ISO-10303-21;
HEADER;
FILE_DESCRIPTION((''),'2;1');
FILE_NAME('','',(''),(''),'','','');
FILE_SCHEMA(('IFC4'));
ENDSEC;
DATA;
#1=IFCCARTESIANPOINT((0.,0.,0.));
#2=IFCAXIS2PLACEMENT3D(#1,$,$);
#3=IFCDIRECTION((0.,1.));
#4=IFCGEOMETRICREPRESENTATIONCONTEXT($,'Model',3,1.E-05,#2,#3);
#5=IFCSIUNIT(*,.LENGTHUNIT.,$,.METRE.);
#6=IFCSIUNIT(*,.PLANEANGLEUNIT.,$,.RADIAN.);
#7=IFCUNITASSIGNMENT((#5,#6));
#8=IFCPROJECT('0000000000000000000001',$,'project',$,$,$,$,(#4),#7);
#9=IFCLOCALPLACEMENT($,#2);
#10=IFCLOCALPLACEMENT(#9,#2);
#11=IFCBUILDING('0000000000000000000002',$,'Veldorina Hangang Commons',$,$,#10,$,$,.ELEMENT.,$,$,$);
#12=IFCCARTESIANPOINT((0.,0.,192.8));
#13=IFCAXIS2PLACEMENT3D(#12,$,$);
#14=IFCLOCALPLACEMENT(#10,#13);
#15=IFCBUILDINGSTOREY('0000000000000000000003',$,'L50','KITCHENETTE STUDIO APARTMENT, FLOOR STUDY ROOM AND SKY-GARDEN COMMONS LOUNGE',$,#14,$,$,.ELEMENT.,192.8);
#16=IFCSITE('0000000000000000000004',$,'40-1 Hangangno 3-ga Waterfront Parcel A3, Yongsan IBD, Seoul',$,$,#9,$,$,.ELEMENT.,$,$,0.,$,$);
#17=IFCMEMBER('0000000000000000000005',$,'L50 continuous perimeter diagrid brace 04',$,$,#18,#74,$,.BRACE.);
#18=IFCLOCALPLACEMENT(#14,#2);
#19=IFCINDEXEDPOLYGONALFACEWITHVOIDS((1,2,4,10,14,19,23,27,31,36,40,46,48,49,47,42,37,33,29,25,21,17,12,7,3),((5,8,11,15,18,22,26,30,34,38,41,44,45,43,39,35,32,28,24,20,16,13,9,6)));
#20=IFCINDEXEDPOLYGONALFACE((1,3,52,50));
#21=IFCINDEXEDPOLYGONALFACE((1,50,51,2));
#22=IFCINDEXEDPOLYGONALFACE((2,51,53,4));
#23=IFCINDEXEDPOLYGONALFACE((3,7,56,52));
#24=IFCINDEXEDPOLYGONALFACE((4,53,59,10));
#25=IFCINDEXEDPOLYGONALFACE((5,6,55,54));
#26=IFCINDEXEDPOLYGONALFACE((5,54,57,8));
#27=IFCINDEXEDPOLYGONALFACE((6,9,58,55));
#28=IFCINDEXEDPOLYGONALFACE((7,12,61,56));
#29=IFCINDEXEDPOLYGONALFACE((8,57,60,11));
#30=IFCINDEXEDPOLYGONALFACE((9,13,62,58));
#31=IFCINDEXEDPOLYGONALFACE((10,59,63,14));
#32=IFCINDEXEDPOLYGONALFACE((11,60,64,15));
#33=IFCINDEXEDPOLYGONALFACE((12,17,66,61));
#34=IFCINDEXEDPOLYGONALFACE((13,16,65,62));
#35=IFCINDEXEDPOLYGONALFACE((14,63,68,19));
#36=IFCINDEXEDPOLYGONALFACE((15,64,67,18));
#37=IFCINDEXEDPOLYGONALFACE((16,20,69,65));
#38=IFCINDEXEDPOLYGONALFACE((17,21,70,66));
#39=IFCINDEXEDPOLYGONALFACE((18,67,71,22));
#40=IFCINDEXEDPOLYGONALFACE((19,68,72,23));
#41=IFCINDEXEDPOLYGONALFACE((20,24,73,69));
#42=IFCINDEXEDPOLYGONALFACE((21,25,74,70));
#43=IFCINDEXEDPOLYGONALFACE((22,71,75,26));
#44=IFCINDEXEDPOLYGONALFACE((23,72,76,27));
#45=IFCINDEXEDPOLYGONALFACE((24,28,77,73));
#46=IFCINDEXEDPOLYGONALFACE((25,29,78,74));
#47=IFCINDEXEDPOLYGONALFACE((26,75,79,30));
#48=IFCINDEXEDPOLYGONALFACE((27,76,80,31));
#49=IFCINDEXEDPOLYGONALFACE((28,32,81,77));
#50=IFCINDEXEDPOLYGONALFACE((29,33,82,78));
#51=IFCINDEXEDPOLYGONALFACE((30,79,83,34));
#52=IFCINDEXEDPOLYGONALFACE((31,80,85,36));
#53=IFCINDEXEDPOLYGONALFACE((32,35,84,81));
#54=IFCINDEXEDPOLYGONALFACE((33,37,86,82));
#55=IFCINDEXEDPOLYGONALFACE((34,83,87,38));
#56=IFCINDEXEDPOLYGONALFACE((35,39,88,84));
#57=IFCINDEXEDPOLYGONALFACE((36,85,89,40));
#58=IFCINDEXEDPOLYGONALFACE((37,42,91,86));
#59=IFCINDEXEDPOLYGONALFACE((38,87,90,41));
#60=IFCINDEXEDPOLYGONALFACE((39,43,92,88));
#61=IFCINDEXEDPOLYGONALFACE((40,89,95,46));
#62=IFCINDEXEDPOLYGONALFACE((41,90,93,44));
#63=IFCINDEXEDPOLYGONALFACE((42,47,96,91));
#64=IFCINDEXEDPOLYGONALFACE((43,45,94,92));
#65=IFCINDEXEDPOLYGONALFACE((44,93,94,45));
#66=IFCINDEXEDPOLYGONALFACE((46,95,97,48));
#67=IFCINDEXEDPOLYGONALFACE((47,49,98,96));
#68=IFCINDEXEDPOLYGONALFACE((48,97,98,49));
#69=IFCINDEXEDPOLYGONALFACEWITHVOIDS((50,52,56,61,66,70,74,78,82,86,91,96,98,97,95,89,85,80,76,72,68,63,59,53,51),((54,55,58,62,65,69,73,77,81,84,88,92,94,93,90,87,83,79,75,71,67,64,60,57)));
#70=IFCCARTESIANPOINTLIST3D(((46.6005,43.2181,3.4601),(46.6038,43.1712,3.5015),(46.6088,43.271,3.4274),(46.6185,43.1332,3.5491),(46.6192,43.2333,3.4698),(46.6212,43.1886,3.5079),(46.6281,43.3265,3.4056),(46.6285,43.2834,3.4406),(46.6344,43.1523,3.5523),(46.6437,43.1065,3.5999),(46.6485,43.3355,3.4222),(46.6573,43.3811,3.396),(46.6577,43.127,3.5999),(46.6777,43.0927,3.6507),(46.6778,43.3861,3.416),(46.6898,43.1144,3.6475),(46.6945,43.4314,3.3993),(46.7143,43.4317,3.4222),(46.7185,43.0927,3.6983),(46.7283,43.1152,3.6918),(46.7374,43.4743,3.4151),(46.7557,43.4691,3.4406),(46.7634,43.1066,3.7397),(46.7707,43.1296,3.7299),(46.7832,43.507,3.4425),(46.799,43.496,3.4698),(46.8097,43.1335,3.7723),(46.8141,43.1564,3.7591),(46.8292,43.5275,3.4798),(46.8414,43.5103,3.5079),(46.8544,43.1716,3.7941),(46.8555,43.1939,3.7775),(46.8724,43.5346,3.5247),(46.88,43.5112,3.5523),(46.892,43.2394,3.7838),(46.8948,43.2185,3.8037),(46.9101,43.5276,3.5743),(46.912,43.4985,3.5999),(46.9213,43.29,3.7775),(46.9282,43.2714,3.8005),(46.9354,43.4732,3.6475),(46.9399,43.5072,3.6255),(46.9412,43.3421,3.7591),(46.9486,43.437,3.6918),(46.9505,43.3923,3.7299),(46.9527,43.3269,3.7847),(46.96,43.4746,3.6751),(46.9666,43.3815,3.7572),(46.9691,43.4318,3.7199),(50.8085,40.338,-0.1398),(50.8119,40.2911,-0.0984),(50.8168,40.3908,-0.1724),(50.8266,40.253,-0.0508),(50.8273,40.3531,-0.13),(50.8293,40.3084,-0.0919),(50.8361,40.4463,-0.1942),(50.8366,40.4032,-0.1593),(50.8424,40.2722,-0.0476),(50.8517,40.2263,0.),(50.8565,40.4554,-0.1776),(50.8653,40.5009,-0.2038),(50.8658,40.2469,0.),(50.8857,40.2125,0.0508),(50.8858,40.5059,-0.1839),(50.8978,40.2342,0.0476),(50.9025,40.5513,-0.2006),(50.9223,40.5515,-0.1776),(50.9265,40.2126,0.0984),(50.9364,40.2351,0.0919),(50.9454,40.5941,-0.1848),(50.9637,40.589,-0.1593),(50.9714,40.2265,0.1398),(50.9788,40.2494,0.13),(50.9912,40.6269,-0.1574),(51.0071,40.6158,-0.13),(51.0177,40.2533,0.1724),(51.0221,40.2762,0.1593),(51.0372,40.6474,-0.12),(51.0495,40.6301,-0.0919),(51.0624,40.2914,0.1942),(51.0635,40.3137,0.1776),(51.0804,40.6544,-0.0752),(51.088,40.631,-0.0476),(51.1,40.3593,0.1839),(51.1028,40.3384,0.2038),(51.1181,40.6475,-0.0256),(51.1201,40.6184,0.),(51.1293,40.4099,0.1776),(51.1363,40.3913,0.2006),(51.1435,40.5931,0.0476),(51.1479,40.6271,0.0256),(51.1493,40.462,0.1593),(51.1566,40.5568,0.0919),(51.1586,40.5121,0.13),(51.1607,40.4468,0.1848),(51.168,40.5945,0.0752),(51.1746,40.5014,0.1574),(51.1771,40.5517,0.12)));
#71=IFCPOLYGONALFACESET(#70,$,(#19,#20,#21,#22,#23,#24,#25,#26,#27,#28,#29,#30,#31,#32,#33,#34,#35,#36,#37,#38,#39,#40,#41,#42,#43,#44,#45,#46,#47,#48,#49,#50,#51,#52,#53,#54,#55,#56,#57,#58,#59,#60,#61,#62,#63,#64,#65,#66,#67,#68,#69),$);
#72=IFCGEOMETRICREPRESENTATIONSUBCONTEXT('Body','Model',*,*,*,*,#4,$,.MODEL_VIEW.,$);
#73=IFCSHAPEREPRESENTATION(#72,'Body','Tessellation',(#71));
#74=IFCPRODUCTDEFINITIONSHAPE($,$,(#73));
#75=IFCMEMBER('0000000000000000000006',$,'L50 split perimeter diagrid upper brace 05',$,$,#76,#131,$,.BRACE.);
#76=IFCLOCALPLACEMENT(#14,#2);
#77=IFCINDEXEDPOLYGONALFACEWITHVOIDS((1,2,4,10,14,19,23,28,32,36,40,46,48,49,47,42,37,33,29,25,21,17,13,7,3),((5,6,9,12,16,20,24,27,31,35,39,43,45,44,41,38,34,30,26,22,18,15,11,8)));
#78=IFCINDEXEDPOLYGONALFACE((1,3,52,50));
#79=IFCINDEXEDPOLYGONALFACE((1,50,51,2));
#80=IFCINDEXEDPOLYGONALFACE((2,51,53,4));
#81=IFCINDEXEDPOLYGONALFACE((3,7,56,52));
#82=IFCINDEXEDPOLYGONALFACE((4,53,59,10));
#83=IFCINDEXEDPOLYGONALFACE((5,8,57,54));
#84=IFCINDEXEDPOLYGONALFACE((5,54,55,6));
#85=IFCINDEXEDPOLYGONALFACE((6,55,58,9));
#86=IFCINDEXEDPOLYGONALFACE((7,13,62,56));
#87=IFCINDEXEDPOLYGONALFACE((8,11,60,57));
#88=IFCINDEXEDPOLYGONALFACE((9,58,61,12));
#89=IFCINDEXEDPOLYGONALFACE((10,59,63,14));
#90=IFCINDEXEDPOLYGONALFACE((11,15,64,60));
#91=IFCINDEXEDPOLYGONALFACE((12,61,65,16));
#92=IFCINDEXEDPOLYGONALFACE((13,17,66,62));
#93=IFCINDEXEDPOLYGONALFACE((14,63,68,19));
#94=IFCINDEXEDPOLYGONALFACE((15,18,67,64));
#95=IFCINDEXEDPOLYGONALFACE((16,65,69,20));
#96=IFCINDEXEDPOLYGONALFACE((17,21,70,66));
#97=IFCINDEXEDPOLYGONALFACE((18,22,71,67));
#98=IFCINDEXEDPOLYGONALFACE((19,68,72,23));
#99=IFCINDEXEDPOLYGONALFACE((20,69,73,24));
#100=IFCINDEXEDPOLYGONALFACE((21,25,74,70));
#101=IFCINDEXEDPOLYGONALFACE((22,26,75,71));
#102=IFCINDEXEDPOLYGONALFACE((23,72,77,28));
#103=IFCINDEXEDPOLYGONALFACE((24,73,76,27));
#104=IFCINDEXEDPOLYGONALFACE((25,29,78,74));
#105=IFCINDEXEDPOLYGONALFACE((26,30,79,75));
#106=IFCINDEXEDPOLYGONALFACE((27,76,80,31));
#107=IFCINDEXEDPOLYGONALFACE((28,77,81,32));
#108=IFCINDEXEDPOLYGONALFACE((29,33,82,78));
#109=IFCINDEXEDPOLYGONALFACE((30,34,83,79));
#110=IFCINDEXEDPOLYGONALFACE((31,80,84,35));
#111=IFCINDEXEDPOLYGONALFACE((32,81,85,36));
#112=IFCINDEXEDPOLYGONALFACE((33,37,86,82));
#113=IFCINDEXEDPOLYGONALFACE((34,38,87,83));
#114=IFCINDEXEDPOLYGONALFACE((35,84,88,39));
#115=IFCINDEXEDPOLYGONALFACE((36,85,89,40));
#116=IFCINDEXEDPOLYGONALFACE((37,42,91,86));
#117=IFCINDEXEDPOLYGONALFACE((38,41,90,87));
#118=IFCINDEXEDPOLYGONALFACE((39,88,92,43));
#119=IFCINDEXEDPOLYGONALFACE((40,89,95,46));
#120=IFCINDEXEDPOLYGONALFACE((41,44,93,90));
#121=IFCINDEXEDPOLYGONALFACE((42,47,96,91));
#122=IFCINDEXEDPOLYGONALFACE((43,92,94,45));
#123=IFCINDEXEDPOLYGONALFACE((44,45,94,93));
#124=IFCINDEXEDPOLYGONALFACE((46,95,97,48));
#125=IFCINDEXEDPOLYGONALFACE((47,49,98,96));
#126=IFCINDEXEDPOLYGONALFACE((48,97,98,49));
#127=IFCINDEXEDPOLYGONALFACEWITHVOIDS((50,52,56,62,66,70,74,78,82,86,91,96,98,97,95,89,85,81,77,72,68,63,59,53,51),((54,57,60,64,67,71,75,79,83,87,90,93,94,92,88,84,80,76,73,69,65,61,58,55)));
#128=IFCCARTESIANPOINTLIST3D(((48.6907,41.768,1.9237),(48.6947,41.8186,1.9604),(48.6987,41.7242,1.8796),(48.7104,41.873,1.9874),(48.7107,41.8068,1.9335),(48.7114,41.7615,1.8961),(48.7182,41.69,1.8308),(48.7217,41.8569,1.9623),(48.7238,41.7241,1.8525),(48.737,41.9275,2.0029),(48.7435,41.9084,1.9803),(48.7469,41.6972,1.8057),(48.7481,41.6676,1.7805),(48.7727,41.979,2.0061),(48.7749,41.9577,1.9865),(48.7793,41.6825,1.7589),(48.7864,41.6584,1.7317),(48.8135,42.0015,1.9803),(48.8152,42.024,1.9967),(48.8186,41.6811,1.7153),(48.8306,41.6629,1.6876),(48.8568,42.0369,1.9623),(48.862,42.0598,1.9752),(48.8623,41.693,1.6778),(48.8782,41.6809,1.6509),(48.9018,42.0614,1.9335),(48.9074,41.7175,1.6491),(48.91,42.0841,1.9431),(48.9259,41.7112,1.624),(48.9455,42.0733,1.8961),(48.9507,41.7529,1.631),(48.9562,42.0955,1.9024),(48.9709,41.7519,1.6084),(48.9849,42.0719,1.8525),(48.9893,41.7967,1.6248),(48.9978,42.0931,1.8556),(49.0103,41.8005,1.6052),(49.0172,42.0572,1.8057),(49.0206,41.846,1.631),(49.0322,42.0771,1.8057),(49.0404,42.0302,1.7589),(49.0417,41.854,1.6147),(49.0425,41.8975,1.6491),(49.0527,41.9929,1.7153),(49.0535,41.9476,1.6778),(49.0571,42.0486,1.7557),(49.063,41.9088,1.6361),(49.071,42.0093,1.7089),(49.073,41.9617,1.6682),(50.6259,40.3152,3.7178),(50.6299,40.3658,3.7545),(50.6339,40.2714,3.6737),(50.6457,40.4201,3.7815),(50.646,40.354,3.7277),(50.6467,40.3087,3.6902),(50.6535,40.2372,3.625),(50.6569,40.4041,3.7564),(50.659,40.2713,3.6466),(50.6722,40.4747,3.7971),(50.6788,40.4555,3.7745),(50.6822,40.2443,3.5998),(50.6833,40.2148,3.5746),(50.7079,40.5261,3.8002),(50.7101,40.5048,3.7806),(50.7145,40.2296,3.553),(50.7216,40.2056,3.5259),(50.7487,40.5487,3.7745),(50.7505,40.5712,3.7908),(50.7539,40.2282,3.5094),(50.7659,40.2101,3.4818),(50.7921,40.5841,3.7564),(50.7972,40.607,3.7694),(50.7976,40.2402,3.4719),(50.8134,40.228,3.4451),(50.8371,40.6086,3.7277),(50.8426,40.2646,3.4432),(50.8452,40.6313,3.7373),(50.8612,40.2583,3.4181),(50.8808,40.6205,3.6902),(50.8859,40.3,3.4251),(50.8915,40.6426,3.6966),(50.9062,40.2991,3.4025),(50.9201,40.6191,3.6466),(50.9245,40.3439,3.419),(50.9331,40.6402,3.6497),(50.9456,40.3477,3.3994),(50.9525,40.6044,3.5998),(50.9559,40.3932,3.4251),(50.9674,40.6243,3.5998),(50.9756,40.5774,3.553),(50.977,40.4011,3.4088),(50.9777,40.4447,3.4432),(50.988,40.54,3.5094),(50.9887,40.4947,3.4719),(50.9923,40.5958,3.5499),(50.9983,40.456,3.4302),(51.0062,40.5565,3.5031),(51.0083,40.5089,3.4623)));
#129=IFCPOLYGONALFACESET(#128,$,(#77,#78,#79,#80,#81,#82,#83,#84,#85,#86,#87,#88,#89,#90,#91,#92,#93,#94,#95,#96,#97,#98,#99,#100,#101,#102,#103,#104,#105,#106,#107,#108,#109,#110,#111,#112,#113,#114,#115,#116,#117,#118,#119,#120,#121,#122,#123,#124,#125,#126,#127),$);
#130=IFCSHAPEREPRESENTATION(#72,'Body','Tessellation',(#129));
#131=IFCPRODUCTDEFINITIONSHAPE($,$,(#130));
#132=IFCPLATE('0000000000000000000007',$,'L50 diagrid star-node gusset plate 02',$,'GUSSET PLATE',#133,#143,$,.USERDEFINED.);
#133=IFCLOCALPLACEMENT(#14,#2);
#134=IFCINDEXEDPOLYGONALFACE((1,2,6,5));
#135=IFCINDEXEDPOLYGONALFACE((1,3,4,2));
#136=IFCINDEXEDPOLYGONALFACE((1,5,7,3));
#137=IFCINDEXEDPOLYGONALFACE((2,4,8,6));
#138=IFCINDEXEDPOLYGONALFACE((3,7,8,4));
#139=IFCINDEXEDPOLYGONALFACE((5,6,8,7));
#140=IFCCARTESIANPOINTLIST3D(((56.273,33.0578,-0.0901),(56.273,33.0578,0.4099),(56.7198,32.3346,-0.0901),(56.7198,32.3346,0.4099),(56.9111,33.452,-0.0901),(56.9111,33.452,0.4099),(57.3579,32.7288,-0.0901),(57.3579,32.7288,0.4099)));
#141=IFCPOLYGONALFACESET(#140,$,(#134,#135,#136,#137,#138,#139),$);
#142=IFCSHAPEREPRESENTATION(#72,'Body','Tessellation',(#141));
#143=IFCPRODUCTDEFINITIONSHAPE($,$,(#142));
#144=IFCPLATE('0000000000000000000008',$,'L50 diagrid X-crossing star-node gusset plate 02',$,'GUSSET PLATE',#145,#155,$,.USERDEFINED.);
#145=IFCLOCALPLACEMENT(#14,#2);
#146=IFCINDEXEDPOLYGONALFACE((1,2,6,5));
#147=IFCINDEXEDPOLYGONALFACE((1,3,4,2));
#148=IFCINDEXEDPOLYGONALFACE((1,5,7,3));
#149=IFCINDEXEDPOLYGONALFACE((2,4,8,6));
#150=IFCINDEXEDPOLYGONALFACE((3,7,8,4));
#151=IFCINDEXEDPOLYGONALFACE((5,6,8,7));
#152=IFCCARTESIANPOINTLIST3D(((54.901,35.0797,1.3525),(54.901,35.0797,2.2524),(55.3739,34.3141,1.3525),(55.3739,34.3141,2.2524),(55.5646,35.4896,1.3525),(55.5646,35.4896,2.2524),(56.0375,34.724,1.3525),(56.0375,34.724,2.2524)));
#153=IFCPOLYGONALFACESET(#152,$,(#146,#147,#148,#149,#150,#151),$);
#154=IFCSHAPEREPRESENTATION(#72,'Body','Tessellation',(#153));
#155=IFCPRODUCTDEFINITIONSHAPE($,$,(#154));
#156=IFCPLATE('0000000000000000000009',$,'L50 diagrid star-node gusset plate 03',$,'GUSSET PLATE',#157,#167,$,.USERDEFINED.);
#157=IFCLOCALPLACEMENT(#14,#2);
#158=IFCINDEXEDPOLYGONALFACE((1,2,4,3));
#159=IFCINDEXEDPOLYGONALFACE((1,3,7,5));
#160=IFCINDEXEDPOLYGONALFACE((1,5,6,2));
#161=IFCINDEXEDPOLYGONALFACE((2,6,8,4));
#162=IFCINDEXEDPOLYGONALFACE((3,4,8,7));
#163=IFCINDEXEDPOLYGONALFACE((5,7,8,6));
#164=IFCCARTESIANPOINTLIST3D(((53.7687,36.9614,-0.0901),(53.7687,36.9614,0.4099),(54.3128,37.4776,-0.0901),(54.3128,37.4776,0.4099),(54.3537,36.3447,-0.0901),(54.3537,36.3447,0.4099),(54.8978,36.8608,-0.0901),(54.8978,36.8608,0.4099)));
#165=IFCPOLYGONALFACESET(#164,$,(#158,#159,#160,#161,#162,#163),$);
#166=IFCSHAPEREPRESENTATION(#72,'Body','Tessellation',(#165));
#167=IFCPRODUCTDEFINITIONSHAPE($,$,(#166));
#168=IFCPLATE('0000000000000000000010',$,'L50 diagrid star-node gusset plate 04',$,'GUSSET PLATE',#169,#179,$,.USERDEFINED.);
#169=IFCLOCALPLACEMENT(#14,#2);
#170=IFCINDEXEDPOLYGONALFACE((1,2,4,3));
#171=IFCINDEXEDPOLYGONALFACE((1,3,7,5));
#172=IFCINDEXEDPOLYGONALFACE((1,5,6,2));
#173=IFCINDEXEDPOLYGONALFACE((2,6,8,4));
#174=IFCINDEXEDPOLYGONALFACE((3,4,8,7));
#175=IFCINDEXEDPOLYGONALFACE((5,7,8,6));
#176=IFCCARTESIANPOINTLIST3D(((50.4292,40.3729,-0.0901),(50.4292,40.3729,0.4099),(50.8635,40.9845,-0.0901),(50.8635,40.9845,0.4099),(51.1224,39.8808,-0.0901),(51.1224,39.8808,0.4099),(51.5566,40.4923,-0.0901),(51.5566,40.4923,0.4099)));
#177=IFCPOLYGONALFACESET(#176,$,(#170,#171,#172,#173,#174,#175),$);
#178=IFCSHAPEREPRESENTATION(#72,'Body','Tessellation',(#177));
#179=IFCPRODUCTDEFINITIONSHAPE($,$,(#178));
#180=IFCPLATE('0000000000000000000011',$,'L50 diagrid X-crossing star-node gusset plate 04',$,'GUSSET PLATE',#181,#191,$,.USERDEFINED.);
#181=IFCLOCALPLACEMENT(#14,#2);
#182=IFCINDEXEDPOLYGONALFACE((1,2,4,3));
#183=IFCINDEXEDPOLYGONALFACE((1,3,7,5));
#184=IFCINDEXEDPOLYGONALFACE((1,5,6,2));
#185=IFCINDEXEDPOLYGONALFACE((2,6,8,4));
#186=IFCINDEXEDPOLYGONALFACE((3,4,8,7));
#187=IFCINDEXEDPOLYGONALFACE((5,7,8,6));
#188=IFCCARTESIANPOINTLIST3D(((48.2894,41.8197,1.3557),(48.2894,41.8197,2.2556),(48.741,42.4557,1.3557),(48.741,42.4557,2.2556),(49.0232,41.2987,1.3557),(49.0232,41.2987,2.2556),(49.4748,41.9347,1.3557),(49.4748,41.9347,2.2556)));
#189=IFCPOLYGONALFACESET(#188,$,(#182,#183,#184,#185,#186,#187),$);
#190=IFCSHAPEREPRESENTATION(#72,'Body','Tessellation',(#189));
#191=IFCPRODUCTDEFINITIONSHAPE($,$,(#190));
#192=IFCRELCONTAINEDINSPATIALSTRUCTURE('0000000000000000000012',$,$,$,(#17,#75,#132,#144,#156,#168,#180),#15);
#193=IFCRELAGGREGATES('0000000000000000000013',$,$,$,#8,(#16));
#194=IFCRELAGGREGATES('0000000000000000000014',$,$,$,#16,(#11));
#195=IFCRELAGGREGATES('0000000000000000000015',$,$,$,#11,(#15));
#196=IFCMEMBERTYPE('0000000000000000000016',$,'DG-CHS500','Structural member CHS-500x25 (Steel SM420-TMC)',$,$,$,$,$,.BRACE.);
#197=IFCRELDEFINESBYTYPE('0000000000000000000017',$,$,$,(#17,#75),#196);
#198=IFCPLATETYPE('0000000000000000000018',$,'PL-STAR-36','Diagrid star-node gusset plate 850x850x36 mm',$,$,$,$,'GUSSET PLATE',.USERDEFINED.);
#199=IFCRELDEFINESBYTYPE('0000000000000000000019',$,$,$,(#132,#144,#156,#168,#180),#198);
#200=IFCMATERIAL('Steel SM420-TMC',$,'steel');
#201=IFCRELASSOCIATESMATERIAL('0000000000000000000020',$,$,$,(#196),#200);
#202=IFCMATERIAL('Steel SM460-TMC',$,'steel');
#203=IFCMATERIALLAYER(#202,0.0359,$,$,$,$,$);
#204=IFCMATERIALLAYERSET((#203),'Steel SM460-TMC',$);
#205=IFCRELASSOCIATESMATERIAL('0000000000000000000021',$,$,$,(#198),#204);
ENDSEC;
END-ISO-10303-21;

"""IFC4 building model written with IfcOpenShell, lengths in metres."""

from ifc_helpers import new_model, si_unit, direction, frame, origin, origin_2d, place, context, subcontext, project, spatial, rectangle, hollow_circle, extrude, material, layer, layer_set, material_profile, profile_set, type_object, element, save


model = new_model("IFC4")

# Units and contexts
model_context = context("Model", 3, precision=1e-05, world=origin(), true_north=direction((0.0, 1.0)))
body_context = subcontext(model_context, "Body", "Model", "MODEL_VIEW")
ifc_project = project(units=[si_unit("LENGTHUNIT", "METRE"), si_unit("PLANEANGLEUNIT", "RADIAN")], contexts=[model_context])

# Site, building, storey
site_placement = place(None, origin())
site = spatial("IfcSite", under=ifc_project, at=site_placement, Name="40-1 Hangangno 3-ga Waterfront Parcel A3, Yongsan IBD, Seoul", CompositionType="ELEMENT", RefElevation=0.0)
building_placement = place(site_placement, origin())
building = spatial("IfcBuilding", under=site, at=building_placement, Name="Veldorina Hangang Commons", CompositionType="ELEMENT")
storey_placement = place(building_placement, frame((0.0, 0.0, 192.8)))
storey = spatial("IfcBuildingStorey", under=building, at=storey_placement, Name="L50", Description="KITCHENETTE STUDIO APARTMENT, FLOOR STUDY ROOM AND SKY-GARDEN COMMONS LOUNGE", CompositionType="ELEMENT", Elevation=192.8)

# Shared definitions
ifc_material_1 = material(Name="Steel SM420-TMC", Category="steel")

# Members
ifc_material_profile_1 = material_profile(ifc_material_1, hollow_circle(Radius=0.25, WallThickness=0.0249, at=origin_2d()), Name="CHS-500x25")
ifc_profile_set_1 = profile_set([ifc_material_profile_1], Name="Steel SM420-TMC")
member_type_1 = type_object("IfcMemberType", Name="DG-CHS500", Description="Structural member CHS-500x25 (Steel SM420-TMC)", PredefinedType="BRACE", material=ifc_profile_set_1)
member_1_placement = place(storey_placement, frame((50.9929, 40.4326, 0.0), z_axis=(-0.674154, 0.461418, 0.576723), x_axis=(-0.564813, -0.825219, 0.0)))
element("IfcMember", 1, at=member_1_placement, inside=storey, type_object=member_type_1, Name="L50 continuous perimeter diagrid brace 04", PredefinedType="BRACE", context=body_context, shape_type="SweptSolid", body=[
    extrude(hollow_circle(Radius=0.25, WallThickness=0.0249, at=origin_2d()), origin(), (0.0, 0.0, 1.0), 6.2419),
])
member_2_placement = place(storey_placement, frame((48.8821, 41.8772, 1.8057), z_axis=(0.642416, -0.482278, 0.595574), x_axis=(0.600371, 0.799721, 0.0)))
element("IfcMember", 2, at=member_2_placement, inside=storey, type_object=member_type_1, Name="L50 split perimeter diagrid upper brace 05", PredefinedType="BRACE", context=body_context, shape_type="SweptSolid", body=[
    extrude(hollow_circle(Radius=0.25, WallThickness=0.0249, at=origin_2d()), origin(), (0.0, 0.0, 1.0), 3.0125),
])

# Plates
ifc_material_2 = material(Name="Steel SM460-TMC", Category="steel")
ifc_layer_1 = layer(ifc_material_2, 0.0359)
ifc_layer_set_1 = layer_set([ifc_layer_1], Name="Steel SM460-TMC")
plate_type = type_object("IfcPlateType", Name="PL-STAR-36", Description="Diagrid star-node gusset plate 850x850x36 mm", ElementType="GUSSET PLATE", PredefinedType="USERDEFINED", material=ifc_layer_set_1)
plate_1_placement = place(storey_placement, frame((56.8154, 32.8933, -0.0901), z_axis=(0.0, 0.0, 1.0), x_axis=(-0.525576, 0.850747, 0.0)))
element("IfcPlate", 3, at=plate_1_placement, inside=storey, type_object=plate_type, Name="L50 diagrid star-node gusset plate 02", ObjectType="GUSSET PLATE", PredefinedType="USERDEFINED", context=body_context, shape_type="SweptSolid", body=[
    extrude(rectangle(XDim=0.8501, YDim=0.75, at=origin_2d()), origin(), (0.0, 0.0, 1.0), 0.5),
])
plate_2_placement = place(storey_placement, frame((55.4692, 34.9019, 1.3525), z_axis=(0.0, 0.0, 1.0), x_axis=(-0.525576, 0.850747, 0.0)))
element("IfcPlate", 4, at=plate_2_placement, inside=storey, type_object=plate_type, Name="L50 diagrid X-crossing star-node gusset plate 02", ObjectType="GUSSET PLATE", PredefinedType="USERDEFINED", context=body_context, shape_type="SweptSolid", body=[
    extrude(rectangle(XDim=0.8999, YDim=0.78, at=origin_2d()), origin(), (0.0, 0.0, 1.0), 0.8999),
])
for number, where, z_axis, x_axis, name in (
    (5, (54.3333, 36.9111, -0.0901), (0.0, 0.0, 1.0), (-0.68819, 0.725531, 0.0), "L50 diagrid star-node gusset plate 03"),
    (6, (50.9929, 40.4326, -0.0901), (0.0, 0.0, 1.0), (-0.81536, 0.578954, 0.0), "L50 diagrid star-node gusset plate 04"),
):
    element("IfcPlate", number, at=place(storey_placement, frame(where, z_axis=z_axis, x_axis=x_axis)), inside=storey, type_object=plate_type, Name=name, ObjectType="GUSSET PLATE", PredefinedType="USERDEFINED", context=body_context, shape_type="SweptSolid", body=[
        extrude(rectangle(XDim=0.8501, YDim=0.75, at=origin_2d()), origin(), (0.0, 0.0, 1.0), 0.5),
    ])
plate_3_placement = place(storey_placement, frame((48.8821, 41.8772, 1.3557), z_axis=(0.0, 0.0, 1.0), x_axis=(-0.81536, 0.578954, 0.0)))
element("IfcPlate", 7, at=plate_3_placement, inside=storey, type_object=plate_type, Name="L50 diagrid X-crossing star-node gusset plate 04", ObjectType="GUSSET PLATE", PredefinedType="USERDEFINED", context=body_context, shape_type="SweptSolid", body=[
    extrude(rectangle(XDim=0.8999, YDim=0.78, at=origin_2d()), origin(), (0.0, 0.0, 1.0), 0.8999),
])

save(model, "model.ifc")
